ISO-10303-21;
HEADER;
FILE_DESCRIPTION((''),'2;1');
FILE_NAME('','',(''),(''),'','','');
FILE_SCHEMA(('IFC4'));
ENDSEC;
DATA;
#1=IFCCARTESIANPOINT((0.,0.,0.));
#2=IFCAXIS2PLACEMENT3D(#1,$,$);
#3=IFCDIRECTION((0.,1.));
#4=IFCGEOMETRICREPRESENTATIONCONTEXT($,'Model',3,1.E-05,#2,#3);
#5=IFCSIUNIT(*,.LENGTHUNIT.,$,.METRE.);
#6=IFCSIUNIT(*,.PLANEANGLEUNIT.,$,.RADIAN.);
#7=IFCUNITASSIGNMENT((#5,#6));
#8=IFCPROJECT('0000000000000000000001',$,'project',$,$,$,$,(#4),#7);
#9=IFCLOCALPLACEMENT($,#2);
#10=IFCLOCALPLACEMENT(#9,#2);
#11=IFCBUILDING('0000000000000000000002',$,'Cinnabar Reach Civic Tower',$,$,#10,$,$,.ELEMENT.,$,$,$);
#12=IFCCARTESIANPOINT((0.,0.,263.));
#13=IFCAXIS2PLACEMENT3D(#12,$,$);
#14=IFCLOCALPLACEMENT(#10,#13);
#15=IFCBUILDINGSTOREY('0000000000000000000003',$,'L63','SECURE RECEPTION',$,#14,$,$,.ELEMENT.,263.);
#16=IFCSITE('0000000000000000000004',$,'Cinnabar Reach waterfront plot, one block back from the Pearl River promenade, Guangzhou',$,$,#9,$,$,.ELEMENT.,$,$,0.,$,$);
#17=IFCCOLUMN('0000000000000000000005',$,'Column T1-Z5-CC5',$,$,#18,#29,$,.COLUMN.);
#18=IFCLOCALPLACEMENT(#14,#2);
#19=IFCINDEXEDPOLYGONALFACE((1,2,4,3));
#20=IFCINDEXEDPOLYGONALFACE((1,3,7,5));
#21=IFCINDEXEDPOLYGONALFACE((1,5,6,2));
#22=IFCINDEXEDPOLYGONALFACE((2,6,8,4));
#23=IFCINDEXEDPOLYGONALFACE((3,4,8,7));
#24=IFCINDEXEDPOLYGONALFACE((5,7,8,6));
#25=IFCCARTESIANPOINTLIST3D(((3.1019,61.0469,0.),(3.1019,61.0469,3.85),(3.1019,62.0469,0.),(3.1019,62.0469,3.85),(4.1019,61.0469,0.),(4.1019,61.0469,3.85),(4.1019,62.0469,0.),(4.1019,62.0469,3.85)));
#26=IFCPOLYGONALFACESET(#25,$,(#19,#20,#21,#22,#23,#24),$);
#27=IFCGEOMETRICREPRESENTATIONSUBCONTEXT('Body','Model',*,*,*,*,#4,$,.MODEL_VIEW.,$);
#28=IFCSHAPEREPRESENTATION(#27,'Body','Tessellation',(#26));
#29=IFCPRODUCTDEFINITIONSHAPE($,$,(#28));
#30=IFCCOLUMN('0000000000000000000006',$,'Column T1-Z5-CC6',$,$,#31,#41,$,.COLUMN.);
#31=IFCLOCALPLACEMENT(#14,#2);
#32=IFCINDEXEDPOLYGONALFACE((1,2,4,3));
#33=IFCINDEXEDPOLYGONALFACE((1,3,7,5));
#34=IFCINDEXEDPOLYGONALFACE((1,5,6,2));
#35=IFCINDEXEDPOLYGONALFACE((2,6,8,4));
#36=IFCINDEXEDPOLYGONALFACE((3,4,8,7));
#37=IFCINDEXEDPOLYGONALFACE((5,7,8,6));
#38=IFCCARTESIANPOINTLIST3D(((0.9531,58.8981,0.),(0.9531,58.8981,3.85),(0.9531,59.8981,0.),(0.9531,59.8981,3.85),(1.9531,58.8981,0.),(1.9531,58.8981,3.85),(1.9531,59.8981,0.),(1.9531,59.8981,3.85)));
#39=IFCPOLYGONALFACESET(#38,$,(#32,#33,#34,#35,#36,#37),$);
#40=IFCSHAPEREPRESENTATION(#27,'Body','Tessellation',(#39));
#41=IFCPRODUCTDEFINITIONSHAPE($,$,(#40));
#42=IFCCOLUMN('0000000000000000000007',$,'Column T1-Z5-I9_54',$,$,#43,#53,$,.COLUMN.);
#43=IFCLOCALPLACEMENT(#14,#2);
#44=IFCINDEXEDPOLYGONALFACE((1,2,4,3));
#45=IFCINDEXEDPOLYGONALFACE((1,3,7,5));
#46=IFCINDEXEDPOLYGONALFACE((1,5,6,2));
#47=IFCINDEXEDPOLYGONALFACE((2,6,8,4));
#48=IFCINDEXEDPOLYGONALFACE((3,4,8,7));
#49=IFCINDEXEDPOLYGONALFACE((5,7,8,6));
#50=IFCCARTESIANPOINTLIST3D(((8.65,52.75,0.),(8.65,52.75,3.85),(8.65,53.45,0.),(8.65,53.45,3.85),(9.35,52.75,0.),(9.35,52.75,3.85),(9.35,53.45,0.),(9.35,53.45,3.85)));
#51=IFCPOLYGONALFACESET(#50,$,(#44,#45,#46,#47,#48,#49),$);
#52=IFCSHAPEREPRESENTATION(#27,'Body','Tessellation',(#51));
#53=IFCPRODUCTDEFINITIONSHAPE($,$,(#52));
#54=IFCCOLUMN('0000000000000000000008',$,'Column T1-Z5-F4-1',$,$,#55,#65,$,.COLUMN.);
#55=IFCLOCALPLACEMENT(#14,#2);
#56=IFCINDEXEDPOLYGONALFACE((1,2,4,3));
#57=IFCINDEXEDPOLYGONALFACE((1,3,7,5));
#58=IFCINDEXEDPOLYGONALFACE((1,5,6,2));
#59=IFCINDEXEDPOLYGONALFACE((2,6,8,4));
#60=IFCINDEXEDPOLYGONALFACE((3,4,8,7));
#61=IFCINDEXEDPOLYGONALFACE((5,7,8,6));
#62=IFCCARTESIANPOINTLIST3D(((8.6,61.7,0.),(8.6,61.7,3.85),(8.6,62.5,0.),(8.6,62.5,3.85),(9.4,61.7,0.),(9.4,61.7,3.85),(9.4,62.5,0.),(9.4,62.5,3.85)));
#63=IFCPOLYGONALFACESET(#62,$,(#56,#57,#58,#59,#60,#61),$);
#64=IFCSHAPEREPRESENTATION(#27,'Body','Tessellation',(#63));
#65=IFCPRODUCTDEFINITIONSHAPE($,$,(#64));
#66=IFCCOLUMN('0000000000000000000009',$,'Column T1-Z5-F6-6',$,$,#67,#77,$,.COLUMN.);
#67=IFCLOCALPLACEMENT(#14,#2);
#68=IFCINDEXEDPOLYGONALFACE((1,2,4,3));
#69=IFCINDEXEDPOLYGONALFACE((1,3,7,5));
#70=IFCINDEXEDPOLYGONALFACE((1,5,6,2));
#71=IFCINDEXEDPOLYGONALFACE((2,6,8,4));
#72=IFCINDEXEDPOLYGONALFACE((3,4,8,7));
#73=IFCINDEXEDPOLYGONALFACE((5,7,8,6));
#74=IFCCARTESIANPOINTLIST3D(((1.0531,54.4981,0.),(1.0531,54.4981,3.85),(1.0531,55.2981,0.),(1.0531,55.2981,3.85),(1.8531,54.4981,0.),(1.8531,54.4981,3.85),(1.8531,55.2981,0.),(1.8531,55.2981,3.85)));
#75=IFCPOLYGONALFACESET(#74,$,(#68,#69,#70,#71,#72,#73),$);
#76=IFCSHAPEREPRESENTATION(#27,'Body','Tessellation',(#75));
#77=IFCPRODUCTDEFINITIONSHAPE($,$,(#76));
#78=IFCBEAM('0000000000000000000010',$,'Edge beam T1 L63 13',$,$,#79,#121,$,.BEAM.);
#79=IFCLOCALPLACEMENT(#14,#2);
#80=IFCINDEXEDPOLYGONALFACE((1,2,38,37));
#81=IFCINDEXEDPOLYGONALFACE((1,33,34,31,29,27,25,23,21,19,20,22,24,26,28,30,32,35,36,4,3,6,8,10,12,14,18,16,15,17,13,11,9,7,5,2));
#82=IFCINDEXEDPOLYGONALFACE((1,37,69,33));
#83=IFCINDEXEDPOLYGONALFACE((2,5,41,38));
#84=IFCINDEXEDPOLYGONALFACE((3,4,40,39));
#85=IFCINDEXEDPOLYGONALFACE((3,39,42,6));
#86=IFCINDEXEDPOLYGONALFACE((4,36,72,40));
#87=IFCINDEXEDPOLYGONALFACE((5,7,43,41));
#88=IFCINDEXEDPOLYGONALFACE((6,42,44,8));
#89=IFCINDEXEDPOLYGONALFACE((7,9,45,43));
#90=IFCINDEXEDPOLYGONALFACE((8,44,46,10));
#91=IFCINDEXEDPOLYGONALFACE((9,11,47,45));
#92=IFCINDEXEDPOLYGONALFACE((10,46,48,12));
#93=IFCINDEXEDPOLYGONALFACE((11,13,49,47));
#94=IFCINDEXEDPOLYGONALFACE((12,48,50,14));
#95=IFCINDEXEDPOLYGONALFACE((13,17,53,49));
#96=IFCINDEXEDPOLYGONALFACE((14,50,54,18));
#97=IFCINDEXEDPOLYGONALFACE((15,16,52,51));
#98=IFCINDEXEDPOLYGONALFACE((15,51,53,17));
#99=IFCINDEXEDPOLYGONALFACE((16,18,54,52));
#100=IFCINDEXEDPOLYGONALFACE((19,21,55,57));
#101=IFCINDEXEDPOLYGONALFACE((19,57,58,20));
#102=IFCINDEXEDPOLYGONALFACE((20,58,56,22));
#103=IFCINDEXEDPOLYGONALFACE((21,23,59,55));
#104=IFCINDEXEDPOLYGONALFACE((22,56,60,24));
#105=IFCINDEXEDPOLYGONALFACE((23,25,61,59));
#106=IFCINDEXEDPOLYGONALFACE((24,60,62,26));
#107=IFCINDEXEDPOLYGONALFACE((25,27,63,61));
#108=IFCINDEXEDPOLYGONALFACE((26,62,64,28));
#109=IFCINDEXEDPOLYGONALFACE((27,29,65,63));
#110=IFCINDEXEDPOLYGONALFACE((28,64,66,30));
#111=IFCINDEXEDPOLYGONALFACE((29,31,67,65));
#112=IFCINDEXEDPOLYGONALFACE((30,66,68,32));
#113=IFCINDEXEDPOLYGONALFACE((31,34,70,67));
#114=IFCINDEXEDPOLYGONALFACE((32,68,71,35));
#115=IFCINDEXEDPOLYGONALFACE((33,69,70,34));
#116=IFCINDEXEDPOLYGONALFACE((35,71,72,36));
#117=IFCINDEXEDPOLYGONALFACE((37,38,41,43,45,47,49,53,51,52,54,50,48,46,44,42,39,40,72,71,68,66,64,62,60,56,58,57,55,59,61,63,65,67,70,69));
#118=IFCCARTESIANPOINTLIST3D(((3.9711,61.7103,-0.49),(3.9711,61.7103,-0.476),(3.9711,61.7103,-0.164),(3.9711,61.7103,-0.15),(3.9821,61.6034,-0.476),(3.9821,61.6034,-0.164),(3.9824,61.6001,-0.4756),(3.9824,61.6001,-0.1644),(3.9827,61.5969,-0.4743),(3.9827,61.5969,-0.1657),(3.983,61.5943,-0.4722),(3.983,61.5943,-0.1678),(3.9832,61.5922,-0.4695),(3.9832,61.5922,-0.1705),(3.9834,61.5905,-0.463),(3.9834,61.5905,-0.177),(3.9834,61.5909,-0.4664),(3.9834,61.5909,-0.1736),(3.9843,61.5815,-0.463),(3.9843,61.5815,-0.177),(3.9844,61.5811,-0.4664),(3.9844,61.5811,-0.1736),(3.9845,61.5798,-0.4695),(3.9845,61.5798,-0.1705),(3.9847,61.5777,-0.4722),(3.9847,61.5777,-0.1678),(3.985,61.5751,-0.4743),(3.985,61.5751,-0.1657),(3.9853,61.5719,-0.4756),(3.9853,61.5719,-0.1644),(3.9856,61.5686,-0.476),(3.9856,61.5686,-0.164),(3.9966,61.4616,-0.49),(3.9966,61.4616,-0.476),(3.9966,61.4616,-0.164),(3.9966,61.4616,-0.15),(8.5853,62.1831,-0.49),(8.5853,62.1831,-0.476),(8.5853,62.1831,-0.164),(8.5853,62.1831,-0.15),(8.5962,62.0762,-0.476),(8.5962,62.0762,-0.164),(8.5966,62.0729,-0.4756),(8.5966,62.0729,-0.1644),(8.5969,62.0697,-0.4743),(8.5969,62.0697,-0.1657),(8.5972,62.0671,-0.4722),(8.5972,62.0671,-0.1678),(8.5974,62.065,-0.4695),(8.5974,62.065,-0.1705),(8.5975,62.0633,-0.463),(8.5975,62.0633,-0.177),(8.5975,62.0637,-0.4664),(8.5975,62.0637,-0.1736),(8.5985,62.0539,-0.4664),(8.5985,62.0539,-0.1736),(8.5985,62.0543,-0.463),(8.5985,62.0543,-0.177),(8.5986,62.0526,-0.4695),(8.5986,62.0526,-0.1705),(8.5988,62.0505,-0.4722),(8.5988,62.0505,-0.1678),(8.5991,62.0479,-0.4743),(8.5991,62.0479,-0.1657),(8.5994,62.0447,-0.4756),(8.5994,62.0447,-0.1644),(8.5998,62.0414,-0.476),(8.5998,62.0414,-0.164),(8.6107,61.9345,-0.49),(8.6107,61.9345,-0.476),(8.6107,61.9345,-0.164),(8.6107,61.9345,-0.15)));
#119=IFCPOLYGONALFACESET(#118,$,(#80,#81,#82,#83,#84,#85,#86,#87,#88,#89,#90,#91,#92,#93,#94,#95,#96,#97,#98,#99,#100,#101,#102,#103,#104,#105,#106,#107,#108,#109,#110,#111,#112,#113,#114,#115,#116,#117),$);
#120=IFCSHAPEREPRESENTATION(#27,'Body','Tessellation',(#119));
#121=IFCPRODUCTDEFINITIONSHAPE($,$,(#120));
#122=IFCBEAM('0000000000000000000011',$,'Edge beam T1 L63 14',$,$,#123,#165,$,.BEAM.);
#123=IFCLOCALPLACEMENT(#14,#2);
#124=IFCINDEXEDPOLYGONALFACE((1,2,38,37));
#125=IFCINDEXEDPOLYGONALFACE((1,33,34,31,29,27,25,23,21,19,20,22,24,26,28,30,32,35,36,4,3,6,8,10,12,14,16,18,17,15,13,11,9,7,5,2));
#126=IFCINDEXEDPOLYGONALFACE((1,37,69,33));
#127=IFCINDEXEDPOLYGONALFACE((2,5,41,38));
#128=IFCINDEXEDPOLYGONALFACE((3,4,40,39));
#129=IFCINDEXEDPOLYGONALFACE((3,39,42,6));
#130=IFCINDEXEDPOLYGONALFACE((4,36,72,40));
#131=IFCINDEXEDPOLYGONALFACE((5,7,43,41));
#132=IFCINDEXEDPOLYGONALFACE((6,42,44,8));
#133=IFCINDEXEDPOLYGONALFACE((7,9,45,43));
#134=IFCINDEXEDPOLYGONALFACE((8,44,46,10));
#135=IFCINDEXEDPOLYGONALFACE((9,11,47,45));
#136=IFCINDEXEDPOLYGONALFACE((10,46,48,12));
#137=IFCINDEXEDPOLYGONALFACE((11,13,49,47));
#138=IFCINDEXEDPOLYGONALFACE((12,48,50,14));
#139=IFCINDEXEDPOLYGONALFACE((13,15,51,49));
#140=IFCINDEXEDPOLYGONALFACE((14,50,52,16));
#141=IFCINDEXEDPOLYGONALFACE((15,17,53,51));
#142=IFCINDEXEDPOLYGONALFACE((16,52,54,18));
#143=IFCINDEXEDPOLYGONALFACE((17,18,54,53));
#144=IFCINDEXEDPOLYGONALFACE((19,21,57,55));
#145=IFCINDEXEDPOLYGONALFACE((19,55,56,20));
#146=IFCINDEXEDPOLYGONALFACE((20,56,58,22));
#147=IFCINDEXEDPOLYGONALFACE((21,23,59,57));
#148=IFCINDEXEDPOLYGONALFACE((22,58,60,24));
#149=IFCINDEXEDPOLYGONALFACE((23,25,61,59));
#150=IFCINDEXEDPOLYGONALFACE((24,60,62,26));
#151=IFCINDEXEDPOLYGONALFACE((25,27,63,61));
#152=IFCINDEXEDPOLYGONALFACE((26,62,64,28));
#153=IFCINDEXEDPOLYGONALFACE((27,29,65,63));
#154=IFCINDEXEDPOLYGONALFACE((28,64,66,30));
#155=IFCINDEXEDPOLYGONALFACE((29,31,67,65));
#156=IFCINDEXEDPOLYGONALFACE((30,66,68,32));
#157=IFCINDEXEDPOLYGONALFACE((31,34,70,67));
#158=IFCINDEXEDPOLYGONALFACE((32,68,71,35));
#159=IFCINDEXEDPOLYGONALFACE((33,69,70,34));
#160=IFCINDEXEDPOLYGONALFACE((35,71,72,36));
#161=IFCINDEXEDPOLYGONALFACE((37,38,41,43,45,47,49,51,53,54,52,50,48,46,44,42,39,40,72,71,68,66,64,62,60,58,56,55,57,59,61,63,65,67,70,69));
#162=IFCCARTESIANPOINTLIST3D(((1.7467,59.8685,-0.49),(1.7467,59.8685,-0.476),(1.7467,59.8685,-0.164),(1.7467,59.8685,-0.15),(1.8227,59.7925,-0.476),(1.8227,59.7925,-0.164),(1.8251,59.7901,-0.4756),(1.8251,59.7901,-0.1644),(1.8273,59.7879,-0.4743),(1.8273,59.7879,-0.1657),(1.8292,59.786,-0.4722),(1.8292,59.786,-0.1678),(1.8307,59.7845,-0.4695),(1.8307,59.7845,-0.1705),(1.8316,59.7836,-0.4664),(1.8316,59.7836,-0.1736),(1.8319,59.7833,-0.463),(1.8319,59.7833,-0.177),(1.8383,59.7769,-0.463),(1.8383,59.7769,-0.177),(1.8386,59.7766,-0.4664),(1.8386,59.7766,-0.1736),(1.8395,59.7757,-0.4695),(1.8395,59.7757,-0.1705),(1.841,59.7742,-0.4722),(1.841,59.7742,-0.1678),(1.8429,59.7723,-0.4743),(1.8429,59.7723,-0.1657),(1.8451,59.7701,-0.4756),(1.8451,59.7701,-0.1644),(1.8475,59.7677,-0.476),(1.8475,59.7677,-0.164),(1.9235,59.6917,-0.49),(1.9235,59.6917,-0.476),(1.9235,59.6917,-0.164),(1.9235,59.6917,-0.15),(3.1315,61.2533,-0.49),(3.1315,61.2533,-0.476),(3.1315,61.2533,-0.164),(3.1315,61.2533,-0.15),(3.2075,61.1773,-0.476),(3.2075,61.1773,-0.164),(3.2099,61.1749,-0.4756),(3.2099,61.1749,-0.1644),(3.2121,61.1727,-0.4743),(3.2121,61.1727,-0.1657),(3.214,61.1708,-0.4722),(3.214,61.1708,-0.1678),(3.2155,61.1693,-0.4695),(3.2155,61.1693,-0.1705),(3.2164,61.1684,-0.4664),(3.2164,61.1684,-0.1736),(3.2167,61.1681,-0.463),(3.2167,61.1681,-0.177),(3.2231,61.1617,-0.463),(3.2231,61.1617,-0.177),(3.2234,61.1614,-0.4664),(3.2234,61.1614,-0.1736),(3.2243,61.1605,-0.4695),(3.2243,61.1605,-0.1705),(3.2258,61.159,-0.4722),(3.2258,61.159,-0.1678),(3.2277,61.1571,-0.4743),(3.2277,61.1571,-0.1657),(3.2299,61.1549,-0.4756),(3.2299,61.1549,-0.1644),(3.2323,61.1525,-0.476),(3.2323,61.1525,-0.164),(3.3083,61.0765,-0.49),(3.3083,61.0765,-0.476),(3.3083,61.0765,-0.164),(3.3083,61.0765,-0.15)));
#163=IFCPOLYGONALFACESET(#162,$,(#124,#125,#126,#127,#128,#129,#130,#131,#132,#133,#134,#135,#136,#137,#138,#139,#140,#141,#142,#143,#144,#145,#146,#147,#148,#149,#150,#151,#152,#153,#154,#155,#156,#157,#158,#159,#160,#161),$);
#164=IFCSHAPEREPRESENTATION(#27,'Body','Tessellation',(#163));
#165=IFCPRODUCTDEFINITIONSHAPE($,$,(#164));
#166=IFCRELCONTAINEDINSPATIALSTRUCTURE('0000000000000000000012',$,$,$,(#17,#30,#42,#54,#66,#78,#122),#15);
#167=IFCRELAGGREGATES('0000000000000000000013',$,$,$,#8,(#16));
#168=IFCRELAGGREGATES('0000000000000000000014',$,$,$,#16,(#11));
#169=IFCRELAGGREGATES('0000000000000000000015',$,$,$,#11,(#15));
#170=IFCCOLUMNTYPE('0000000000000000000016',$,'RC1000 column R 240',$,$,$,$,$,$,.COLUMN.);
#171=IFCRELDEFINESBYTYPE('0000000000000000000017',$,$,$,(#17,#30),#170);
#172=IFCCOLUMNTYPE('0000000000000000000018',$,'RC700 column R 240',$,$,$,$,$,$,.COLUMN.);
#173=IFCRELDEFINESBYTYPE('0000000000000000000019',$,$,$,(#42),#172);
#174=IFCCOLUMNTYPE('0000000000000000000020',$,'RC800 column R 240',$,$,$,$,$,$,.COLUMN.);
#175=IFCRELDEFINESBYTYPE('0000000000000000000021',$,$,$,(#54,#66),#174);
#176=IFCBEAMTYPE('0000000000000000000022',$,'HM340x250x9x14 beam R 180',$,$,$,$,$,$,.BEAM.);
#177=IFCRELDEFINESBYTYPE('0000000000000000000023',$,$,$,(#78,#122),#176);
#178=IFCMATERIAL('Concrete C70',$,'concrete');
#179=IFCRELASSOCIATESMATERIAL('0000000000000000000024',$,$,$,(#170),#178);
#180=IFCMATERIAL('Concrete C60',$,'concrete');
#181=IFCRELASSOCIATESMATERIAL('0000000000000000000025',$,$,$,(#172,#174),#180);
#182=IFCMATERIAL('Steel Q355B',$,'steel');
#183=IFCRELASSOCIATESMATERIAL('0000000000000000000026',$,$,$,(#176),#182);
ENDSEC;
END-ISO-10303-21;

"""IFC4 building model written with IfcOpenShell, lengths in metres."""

from ifc_helpers import new_model, si_unit, direction, frame, origin, origin_2d, place, context, subcontext, project, spatial, rectangle, i_section, extrude, material, material_profile, profile_set, type_object, element, save


model = new_model("IFC4")

# Units and contexts
model_context = context("Model", 3, precision=1e-05, world=origin(), true_north=direction((0.0, 1.0)))
body_context = subcontext(model_context, "Body", "Model", "MODEL_VIEW")
ifc_project = project(units=[si_unit("LENGTHUNIT", "METRE"), si_unit("PLANEANGLEUNIT", "RADIAN")], contexts=[model_context])

# Site, building, storey
site_placement = place(None, origin())
site = spatial("IfcSite", under=ifc_project, at=site_placement, Name="Cinnabar Reach waterfront plot, one block back from the Pearl River promenade, Guangzhou", CompositionType="ELEMENT", RefElevation=0.0)
building_placement = place(site_placement, origin())
building = spatial("IfcBuilding", under=site, at=building_placement, Name="Cinnabar Reach Civic Tower", CompositionType="ELEMENT")
storey_placement = place(building_placement, frame((0.0, 0.0, 263.0)))
storey = spatial("IfcBuildingStorey", under=building, at=storey_placement, Name="L63", Description="SECURE RECEPTION", CompositionType="ELEMENT", Elevation=263.0)

# Columns
ifc_material_1 = material(Name="Concrete C70", Category="concrete")
ifc_material_profile_1 = material_profile(ifc_material_1, rectangle(XDim=1.0, YDim=1.0, at=origin_2d()), Name="RC1000")
ifc_profile_set_1 = profile_set([ifc_material_profile_1], Name="Concrete C70")
column_type_1 = type_object("IfcColumnType", Name="RC1000 column R 240", PredefinedType="COLUMN", material=ifc_profile_set_1)
for number, where, z_axis, x_axis, name in (
    (1, (3.6019, 61.5469, 0.0), (0.0, 0.0, 1.0), (1.0, 0.0, 0.0), "Column T1-Z5-CC5"),
    (2, (1.4531, 59.3981, 0.0), (0.0, 0.0, 1.0), (1.0, 0.0, 0.0), "Column T1-Z5-CC6"),
):
    element("IfcColumn", number, at=place(storey_placement, frame(where, z_axis=z_axis, x_axis=x_axis)), inside=storey, type_object=column_type_1, Name=name, PredefinedType="COLUMN", context=body_context, shape_type="SweptSolid", body=[
        extrude(rectangle(XDim=1.0, YDim=1.0, at=origin_2d()), origin(), (0.0, 0.0, 1.0), 3.85),
    ])
ifc_material_2 = material(Name="Concrete C60", Category="concrete")
ifc_material_profile_2 = material_profile(ifc_material_2, rectangle(XDim=0.7, YDim=0.7, at=origin_2d()), Name="RC700")
ifc_profile_set_2 = profile_set([ifc_material_profile_2], Name="Concrete C60")
column_type_2 = type_object("IfcColumnType", Name="RC700 column R 240", PredefinedType="COLUMN", material=ifc_profile_set_2)
column_placement = place(storey_placement, frame((9.0, 53.1, 0.0), z_axis=(0.0, 0.0, 1.0), x_axis=(1.0, 0.0, 0.0)))
element("IfcColumn", 3, at=column_placement, inside=storey, type_object=column_type_2, Name="Column T1-Z5-I9_54", PredefinedType="COLUMN", context=body_context, shape_type="SweptSolid", body=[
    extrude(rectangle(XDim=0.7, YDim=0.7, at=origin_2d()), origin(), (0.0, 0.0, 1.0), 3.85),
])
ifc_material_profile_3 = material_profile(ifc_material_2, rectangle(XDim=0.8, YDim=0.8, at=origin_2d()), Name="RC800")
ifc_profile_set_3 = profile_set([ifc_material_profile_3], Name="Concrete C60")
column_type_3 = type_object("IfcColumnType", Name="RC800 column R 240", PredefinedType="COLUMN", material=ifc_profile_set_3)
for number, where, z_axis, x_axis, name in (
    (4, (9.0, 62.1, 0.0), (0.0, 0.0, 1.0), (1.0, 0.0, 0.0), "Column T1-Z5-F4-1"),
    (5, (1.4531, 54.8981, 0.0), (0.0, 0.0, 1.0), (1.0, 0.0, 0.0), "Column T1-Z5-F6-6"),
):
    element("IfcColumn", number, at=place(storey_placement, frame(where, z_axis=z_axis, x_axis=x_axis)), inside=storey, type_object=column_type_3, Name=name, PredefinedType="COLUMN", context=body_context, shape_type="SweptSolid", body=[
        extrude(rectangle(XDim=0.8, YDim=0.8, at=origin_2d()), origin(), (0.0, 0.0, 1.0), 3.85),
    ])

# Beams
ifc_material_3 = material(Name="Steel Q355B", Category="steel")
ifc_material_profile_4 = material_profile(ifc_material_3, i_section(OverallWidth=0.25, OverallDepth=0.34, WebThickness=0.009, FlangeThickness=0.014, FilletRadius=0.013, at=origin_2d()), Name="HM340x250x9x14")
ifc_profile_set_4 = profile_set([ifc_material_profile_4], Name="Steel Q355B")
beam_type_1 = type_object("IfcBeamType", Name="HM340x250x9x14 beam R 180", PredefinedType="BEAM", material=ifc_profile_set_4)
beam_1_placement = place(storey_placement, frame((8.598, 62.0588, -0.32), z_axis=(-0.994791, -0.101935, 0.0), x_axis=(0.101935, -0.994791, 0.0)))
element("IfcBeam", 6, at=beam_1_placement, inside=storey, type_object=beam_type_1, Name="Edge beam T1 L63 13", PredefinedType="BEAM", context=body_context, shape_type="SweptSolid", body=[
    extrude(i_section(OverallWidth=0.25, OverallDepth=0.34, WebThickness=0.009, FlangeThickness=0.014, FilletRadius=0.013, at=origin_2d()), origin(), (0.0, 0.0, 1.0), 4.6383),
])
beam_2_placement = place(storey_placement, frame((3.2199, 61.1649, -0.32), z_axis=(-0.707107, -0.707107, 0.0), x_axis=(0.707107, -0.707107, 0.0)))
element("IfcBeam", 7, at=beam_2_placement, inside=storey, type_object=beam_type_1, Name="Edge beam T1 L63 14", PredefinedType="BEAM", context=body_context, shape_type="SweptSolid", body=[
    extrude(i_section(OverallWidth=0.25, OverallDepth=0.34, WebThickness=0.009, FlangeThickness=0.014, FilletRadius=0.013, at=origin_2d()), origin(), (0.0, 0.0, 1.0), 1.9584),
])

save(model, "model.ifc")
